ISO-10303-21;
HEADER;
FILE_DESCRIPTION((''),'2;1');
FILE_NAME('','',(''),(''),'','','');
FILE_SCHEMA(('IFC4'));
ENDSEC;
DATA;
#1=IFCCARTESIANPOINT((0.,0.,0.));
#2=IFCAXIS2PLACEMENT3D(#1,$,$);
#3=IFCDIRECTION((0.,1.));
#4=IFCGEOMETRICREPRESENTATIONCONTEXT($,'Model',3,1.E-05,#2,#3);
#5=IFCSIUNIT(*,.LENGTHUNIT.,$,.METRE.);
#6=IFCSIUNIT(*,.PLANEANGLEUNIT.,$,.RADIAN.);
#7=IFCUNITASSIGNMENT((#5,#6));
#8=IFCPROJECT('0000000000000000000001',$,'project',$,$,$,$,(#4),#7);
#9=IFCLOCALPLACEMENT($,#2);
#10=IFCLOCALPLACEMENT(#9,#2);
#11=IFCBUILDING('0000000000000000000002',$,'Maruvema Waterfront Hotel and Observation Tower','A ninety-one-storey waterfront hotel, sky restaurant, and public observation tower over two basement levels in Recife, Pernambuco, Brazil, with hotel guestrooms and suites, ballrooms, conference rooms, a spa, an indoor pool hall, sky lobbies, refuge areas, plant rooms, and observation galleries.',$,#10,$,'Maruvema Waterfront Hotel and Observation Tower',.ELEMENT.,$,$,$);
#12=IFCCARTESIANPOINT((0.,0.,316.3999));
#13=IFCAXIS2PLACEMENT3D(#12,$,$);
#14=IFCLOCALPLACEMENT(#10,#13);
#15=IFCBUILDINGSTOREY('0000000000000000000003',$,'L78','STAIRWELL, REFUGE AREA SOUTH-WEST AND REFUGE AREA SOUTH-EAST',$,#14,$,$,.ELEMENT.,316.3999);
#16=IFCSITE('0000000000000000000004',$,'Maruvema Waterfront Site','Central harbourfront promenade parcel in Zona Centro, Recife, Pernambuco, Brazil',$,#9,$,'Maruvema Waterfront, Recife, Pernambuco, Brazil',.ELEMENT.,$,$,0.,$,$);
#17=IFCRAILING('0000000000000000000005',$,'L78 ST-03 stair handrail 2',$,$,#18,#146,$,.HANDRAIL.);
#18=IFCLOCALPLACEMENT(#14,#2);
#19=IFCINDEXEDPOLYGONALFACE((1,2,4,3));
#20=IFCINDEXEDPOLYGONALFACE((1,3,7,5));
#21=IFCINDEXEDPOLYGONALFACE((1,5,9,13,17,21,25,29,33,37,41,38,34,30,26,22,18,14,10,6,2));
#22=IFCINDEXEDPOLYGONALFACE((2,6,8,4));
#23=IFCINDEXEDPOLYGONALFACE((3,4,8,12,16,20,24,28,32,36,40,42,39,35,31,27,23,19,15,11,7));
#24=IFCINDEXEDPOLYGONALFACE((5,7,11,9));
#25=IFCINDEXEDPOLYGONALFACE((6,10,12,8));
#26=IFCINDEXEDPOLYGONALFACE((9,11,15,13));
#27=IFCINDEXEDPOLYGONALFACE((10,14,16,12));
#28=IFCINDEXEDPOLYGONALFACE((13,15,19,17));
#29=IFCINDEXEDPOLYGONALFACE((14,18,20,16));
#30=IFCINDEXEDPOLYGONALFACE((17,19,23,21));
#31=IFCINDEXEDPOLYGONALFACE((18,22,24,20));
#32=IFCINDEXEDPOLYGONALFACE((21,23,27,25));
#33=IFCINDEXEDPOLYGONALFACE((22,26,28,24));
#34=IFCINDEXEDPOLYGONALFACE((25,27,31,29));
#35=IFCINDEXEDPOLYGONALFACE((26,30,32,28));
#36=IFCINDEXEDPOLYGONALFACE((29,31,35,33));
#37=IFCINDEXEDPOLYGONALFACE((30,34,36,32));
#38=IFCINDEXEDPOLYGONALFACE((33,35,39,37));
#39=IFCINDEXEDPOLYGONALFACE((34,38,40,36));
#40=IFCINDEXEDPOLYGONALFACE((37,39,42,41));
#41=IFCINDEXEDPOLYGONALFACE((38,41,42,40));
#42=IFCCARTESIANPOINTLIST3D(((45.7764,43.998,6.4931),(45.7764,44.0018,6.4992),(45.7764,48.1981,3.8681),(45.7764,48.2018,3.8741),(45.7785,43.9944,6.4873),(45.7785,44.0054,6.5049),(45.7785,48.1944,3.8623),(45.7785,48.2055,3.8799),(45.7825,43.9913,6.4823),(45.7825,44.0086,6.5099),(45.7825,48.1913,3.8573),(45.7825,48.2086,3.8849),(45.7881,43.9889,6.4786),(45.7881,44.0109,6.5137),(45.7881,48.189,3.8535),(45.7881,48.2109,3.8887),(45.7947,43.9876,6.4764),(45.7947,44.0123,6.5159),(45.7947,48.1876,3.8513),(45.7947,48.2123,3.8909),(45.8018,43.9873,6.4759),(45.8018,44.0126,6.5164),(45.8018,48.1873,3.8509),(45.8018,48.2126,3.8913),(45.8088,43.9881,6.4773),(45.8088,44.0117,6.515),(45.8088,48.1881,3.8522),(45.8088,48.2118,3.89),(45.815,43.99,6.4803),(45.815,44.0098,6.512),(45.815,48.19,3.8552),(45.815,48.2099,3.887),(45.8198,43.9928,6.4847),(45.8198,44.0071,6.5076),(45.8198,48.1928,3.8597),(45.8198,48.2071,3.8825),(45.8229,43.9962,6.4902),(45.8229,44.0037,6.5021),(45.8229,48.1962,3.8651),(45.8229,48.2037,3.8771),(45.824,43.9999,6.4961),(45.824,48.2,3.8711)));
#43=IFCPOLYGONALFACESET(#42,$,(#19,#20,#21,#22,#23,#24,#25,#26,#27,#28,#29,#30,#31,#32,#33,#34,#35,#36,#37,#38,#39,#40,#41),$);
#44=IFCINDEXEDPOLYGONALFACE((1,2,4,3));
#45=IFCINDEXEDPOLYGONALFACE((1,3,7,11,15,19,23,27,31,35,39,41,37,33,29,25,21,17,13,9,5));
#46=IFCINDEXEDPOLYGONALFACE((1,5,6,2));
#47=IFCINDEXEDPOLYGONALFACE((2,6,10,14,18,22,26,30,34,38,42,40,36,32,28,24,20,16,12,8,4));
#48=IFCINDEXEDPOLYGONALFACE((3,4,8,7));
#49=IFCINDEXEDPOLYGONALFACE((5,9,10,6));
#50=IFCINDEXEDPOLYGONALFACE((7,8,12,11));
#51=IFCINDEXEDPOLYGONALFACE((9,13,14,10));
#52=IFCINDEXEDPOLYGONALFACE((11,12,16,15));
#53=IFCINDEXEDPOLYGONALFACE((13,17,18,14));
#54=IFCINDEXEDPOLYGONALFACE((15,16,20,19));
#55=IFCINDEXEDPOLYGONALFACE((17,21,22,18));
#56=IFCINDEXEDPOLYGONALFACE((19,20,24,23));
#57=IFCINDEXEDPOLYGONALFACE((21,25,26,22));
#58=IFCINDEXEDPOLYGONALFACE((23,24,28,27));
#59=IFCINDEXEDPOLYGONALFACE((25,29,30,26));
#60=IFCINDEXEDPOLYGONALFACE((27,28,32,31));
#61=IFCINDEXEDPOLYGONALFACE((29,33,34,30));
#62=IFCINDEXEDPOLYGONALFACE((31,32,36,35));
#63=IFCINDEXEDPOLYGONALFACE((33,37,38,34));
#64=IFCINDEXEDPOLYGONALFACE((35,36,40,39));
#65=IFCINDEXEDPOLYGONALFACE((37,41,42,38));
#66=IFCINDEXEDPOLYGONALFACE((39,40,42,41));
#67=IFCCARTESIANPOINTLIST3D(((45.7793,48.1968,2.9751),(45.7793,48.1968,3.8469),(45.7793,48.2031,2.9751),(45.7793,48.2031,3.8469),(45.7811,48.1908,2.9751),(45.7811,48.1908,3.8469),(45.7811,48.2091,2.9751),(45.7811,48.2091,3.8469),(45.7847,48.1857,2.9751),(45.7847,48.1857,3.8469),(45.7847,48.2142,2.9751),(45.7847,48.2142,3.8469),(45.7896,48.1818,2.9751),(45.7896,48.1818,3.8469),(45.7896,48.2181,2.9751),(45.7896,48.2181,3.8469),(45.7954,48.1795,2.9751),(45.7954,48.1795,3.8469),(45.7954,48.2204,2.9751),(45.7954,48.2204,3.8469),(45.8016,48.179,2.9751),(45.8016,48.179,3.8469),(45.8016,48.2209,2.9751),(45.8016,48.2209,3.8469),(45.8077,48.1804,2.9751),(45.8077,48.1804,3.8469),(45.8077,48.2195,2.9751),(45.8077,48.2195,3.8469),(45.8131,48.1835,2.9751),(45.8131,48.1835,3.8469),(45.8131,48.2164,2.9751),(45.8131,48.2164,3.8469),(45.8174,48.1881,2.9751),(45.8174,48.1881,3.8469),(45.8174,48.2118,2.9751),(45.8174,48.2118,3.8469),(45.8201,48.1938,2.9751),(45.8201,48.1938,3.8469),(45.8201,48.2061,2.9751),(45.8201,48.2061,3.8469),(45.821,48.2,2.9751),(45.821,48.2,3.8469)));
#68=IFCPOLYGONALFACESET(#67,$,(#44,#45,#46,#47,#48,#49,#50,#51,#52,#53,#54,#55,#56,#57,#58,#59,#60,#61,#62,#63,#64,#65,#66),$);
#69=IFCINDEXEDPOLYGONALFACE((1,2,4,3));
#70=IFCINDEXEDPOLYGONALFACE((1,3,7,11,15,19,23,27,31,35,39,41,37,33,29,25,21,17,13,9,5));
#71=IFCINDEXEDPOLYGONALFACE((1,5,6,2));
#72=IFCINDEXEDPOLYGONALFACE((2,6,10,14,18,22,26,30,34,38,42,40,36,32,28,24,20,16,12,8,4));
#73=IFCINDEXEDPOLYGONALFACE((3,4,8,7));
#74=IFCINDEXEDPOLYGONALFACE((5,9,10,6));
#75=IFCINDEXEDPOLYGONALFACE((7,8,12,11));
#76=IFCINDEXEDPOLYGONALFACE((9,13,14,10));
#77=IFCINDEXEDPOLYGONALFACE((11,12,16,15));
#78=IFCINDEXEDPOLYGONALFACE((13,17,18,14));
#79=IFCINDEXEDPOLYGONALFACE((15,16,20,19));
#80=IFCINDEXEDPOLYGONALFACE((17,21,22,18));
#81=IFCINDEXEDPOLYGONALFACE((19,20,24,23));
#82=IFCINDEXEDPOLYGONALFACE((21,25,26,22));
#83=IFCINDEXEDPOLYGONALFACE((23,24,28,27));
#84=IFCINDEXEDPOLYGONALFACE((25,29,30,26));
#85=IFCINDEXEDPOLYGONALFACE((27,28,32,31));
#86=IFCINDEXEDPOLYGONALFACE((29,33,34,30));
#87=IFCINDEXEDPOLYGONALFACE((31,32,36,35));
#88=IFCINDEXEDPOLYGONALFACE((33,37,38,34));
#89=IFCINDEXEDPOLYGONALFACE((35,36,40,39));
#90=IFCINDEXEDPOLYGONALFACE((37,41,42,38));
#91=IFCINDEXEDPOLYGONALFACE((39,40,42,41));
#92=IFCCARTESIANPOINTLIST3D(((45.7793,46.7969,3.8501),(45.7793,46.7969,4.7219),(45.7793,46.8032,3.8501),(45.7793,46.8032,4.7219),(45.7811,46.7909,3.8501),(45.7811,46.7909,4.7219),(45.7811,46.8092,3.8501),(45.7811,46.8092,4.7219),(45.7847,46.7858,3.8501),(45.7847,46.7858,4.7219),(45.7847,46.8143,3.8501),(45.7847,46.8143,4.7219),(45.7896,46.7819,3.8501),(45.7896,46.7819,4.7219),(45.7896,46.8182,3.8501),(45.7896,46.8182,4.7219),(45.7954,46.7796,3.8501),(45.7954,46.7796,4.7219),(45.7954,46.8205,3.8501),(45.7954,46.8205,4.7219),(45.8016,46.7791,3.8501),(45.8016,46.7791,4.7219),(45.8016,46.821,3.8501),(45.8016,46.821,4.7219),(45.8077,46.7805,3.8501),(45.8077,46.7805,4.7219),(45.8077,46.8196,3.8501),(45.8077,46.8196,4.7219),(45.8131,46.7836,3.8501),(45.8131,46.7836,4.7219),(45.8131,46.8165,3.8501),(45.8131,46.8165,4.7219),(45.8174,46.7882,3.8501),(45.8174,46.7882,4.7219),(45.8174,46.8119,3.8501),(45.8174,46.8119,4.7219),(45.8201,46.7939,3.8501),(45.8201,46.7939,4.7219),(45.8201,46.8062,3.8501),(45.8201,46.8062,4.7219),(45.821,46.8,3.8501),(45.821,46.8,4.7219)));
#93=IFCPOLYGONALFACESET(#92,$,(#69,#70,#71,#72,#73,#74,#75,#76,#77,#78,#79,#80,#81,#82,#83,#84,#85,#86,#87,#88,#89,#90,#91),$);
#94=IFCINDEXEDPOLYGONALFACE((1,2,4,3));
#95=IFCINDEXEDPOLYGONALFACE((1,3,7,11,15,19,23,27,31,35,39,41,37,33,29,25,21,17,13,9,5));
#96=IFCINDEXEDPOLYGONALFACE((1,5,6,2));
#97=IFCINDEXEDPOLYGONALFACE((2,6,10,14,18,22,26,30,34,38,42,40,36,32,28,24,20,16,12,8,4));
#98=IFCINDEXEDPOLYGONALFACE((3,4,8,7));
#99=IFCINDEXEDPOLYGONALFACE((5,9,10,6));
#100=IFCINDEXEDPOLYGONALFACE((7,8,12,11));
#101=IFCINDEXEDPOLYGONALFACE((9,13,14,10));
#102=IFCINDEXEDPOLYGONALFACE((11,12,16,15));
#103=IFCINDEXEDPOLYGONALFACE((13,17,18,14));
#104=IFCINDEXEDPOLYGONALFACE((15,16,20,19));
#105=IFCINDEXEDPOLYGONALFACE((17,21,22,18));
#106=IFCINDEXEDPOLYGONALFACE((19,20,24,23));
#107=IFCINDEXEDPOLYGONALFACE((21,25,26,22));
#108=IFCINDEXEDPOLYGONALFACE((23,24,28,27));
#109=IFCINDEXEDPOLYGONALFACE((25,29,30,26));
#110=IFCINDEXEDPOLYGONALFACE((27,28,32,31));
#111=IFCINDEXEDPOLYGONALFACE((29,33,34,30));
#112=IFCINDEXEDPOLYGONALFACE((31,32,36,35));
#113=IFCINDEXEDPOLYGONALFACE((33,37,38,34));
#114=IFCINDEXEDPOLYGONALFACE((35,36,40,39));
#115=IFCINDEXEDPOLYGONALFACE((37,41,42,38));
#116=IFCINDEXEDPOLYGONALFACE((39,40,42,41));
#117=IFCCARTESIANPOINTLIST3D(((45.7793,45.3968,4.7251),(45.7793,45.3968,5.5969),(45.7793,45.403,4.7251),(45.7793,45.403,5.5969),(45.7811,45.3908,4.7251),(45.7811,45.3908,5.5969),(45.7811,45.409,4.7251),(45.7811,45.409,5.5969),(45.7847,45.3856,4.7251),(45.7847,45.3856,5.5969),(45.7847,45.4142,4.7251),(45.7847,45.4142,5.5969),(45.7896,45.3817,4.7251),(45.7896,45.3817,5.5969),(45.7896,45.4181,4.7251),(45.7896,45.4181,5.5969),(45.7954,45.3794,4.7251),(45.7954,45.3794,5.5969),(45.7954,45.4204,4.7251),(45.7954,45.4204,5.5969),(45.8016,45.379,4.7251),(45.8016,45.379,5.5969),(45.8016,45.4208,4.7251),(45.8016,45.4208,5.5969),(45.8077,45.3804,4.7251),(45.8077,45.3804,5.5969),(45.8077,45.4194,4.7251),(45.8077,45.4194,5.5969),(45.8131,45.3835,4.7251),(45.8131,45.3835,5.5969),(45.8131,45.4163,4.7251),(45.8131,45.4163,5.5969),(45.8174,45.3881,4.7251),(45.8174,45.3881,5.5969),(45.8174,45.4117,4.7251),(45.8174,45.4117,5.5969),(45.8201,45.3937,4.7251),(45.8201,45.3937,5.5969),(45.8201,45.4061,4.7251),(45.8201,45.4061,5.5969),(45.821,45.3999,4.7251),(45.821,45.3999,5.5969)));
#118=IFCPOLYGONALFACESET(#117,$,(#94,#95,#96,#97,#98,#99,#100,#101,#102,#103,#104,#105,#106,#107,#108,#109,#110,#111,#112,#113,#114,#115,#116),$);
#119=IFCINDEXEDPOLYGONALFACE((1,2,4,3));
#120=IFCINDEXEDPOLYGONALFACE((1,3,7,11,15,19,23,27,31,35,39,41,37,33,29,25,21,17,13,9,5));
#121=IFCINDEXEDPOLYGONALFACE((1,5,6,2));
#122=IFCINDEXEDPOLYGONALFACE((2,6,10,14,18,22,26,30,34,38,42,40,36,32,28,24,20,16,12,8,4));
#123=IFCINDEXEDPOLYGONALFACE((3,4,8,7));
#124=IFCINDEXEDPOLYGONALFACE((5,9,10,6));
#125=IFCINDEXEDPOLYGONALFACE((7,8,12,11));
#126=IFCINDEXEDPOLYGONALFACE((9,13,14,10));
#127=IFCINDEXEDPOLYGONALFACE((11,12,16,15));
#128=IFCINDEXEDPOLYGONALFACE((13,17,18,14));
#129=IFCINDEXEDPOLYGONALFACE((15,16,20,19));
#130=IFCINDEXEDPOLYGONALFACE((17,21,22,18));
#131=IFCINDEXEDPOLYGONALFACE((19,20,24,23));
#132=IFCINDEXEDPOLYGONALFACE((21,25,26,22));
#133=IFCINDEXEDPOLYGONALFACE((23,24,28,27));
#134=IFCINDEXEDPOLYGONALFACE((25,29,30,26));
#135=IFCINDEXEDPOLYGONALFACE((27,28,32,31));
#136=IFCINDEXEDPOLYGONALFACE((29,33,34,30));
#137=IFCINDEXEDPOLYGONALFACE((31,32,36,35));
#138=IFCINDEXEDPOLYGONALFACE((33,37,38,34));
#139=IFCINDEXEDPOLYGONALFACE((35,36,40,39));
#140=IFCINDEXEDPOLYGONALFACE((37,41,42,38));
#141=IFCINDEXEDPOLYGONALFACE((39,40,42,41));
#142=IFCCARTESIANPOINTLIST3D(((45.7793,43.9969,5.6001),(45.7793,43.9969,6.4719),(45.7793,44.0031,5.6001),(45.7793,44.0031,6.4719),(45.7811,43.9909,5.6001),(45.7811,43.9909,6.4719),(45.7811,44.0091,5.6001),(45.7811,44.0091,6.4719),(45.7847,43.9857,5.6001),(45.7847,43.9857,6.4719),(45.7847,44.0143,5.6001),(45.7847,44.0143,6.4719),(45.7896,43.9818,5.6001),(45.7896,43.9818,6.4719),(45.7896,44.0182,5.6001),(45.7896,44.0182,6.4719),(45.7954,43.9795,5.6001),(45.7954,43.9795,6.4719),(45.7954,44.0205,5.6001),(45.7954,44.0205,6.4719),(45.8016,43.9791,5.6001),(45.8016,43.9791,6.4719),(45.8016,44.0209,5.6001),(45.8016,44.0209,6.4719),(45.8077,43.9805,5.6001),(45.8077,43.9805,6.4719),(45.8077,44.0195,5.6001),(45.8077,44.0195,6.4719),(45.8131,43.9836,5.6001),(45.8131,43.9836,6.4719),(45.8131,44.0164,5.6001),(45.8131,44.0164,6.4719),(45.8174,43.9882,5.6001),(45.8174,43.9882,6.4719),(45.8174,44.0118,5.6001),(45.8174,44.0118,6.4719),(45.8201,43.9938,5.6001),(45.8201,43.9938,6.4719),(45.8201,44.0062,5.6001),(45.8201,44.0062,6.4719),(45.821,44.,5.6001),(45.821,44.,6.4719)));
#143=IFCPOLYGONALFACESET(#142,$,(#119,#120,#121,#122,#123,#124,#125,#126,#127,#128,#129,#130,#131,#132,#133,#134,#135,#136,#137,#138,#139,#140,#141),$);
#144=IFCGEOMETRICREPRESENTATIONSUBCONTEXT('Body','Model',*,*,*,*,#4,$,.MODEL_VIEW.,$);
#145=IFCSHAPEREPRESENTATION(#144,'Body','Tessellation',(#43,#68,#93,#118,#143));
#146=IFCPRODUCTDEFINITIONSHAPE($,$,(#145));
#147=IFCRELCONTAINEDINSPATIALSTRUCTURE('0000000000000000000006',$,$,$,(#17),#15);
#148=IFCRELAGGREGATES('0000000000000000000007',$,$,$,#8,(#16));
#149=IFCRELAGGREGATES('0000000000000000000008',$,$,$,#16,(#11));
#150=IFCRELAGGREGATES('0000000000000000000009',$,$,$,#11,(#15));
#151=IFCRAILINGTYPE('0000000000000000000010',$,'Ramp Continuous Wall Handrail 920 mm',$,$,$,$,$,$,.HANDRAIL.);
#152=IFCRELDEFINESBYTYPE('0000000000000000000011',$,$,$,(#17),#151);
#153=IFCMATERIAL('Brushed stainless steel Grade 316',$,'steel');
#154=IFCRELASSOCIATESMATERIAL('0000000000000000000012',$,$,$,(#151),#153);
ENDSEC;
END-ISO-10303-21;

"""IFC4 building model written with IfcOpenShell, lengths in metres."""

from ifc_helpers import new_model, si_unit, direction, frame, origin, origin_2d, place, context, subcontext, project, spatial, circle, extrude, material, type_object, element, save


model = new_model("IFC4")

# Units and contexts
model_context = context("Model", 3, precision=1e-05, world=origin(), true_north=direction((0.0, 1.0)))
body_context = subcontext(model_context, "Body", "Model", "MODEL_VIEW")
ifc_project = project(units=[si_unit("LENGTHUNIT", "METRE"), si_unit("PLANEANGLEUNIT", "RADIAN")], contexts=[model_context])

# Site, building, storey
site_placement = place(None, origin())
site = spatial("IfcSite", under=ifc_project, at=site_placement, Name="Maruvema Waterfront Site", Description="Central harbourfront promenade parcel in Zona Centro, Recife, Pernambuco, Brazil", LongName="Maruvema Waterfront, Recife, Pernambuco, Brazil", CompositionType="ELEMENT", RefElevation=0.0)
building_placement = place(site_placement, origin())
building = spatial("IfcBuilding", under=site, at=building_placement, Name="Maruvema Waterfront Hotel and Observation Tower", Description="A ninety-one-storey waterfront hotel, sky restaurant, and public observation tower over two basement levels in Recife, Pernambuco, Brazil, with hotel guestrooms and suites, ballrooms, conference rooms, a spa, an indoor pool hall, sky lobbies, refuge areas, plant rooms, and observation galleries.", LongName="Maruvema Waterfront Hotel and Observation Tower", CompositionType="ELEMENT")
storey_placement = place(building_placement, frame((0.0, 0.0, 316.3999)))
storey = spatial("IfcBuildingStorey", under=building, at=storey_placement, Name="L78", Description="STAIRWELL, REFUGE AREA SOUTH-WEST AND REFUGE AREA SOUTH-EAST", CompositionType="ELEMENT", Elevation=316.3999)

# Railing
ifc_material_1 = material(Name="Brushed stainless steel Grade 316", Category="steel")
railing_type_1 = type_object("IfcRailingType", Name="Ramp Continuous Wall Handrail 920 mm", PredefinedType="HANDRAIL", material=ifc_material_1)
railing_1_placement = place(storey_placement, frame((45.8, 48.2, 2.9751)))
element("IfcRailing", 1, at=railing_1_placement, inside=storey, type_object=railing_type_1, Name="L78 ST-03 stair handrail 2", PredefinedType="HANDRAIL", context=body_context, shape_type="SweptSolid", body=[
    extrude(circle(Radius=0.0239, at=origin_2d()), frame((0.0, 0.0, 0.896), z_axis=(0.0, -0.847996, 0.530003), x_axis=(1.0, 0.0, 0.0)), (0.0, 0.0, 1.0), 4.9529),
    extrude(circle(Radius=0.021, at=origin_2d()), origin(), (0.0, 0.0, 1.0), 0.8718),
    extrude(circle(Radius=0.021, at=origin_2d()), frame((0.0, -1.3999, 0.875)), (0.0, 0.0, 1.0), 0.8718),
    extrude(circle(Radius=0.021, at=origin_2d()), frame((0.0, -2.8, 1.75)), (0.0, 0.0, 1.0), 0.8718),
    extrude(circle(Radius=0.021, at=origin_2d()), frame((0.0, -4.2, 2.625)), (0.0, 0.0, 1.0), 0.8718),
])

save(model, "model.ifc")
